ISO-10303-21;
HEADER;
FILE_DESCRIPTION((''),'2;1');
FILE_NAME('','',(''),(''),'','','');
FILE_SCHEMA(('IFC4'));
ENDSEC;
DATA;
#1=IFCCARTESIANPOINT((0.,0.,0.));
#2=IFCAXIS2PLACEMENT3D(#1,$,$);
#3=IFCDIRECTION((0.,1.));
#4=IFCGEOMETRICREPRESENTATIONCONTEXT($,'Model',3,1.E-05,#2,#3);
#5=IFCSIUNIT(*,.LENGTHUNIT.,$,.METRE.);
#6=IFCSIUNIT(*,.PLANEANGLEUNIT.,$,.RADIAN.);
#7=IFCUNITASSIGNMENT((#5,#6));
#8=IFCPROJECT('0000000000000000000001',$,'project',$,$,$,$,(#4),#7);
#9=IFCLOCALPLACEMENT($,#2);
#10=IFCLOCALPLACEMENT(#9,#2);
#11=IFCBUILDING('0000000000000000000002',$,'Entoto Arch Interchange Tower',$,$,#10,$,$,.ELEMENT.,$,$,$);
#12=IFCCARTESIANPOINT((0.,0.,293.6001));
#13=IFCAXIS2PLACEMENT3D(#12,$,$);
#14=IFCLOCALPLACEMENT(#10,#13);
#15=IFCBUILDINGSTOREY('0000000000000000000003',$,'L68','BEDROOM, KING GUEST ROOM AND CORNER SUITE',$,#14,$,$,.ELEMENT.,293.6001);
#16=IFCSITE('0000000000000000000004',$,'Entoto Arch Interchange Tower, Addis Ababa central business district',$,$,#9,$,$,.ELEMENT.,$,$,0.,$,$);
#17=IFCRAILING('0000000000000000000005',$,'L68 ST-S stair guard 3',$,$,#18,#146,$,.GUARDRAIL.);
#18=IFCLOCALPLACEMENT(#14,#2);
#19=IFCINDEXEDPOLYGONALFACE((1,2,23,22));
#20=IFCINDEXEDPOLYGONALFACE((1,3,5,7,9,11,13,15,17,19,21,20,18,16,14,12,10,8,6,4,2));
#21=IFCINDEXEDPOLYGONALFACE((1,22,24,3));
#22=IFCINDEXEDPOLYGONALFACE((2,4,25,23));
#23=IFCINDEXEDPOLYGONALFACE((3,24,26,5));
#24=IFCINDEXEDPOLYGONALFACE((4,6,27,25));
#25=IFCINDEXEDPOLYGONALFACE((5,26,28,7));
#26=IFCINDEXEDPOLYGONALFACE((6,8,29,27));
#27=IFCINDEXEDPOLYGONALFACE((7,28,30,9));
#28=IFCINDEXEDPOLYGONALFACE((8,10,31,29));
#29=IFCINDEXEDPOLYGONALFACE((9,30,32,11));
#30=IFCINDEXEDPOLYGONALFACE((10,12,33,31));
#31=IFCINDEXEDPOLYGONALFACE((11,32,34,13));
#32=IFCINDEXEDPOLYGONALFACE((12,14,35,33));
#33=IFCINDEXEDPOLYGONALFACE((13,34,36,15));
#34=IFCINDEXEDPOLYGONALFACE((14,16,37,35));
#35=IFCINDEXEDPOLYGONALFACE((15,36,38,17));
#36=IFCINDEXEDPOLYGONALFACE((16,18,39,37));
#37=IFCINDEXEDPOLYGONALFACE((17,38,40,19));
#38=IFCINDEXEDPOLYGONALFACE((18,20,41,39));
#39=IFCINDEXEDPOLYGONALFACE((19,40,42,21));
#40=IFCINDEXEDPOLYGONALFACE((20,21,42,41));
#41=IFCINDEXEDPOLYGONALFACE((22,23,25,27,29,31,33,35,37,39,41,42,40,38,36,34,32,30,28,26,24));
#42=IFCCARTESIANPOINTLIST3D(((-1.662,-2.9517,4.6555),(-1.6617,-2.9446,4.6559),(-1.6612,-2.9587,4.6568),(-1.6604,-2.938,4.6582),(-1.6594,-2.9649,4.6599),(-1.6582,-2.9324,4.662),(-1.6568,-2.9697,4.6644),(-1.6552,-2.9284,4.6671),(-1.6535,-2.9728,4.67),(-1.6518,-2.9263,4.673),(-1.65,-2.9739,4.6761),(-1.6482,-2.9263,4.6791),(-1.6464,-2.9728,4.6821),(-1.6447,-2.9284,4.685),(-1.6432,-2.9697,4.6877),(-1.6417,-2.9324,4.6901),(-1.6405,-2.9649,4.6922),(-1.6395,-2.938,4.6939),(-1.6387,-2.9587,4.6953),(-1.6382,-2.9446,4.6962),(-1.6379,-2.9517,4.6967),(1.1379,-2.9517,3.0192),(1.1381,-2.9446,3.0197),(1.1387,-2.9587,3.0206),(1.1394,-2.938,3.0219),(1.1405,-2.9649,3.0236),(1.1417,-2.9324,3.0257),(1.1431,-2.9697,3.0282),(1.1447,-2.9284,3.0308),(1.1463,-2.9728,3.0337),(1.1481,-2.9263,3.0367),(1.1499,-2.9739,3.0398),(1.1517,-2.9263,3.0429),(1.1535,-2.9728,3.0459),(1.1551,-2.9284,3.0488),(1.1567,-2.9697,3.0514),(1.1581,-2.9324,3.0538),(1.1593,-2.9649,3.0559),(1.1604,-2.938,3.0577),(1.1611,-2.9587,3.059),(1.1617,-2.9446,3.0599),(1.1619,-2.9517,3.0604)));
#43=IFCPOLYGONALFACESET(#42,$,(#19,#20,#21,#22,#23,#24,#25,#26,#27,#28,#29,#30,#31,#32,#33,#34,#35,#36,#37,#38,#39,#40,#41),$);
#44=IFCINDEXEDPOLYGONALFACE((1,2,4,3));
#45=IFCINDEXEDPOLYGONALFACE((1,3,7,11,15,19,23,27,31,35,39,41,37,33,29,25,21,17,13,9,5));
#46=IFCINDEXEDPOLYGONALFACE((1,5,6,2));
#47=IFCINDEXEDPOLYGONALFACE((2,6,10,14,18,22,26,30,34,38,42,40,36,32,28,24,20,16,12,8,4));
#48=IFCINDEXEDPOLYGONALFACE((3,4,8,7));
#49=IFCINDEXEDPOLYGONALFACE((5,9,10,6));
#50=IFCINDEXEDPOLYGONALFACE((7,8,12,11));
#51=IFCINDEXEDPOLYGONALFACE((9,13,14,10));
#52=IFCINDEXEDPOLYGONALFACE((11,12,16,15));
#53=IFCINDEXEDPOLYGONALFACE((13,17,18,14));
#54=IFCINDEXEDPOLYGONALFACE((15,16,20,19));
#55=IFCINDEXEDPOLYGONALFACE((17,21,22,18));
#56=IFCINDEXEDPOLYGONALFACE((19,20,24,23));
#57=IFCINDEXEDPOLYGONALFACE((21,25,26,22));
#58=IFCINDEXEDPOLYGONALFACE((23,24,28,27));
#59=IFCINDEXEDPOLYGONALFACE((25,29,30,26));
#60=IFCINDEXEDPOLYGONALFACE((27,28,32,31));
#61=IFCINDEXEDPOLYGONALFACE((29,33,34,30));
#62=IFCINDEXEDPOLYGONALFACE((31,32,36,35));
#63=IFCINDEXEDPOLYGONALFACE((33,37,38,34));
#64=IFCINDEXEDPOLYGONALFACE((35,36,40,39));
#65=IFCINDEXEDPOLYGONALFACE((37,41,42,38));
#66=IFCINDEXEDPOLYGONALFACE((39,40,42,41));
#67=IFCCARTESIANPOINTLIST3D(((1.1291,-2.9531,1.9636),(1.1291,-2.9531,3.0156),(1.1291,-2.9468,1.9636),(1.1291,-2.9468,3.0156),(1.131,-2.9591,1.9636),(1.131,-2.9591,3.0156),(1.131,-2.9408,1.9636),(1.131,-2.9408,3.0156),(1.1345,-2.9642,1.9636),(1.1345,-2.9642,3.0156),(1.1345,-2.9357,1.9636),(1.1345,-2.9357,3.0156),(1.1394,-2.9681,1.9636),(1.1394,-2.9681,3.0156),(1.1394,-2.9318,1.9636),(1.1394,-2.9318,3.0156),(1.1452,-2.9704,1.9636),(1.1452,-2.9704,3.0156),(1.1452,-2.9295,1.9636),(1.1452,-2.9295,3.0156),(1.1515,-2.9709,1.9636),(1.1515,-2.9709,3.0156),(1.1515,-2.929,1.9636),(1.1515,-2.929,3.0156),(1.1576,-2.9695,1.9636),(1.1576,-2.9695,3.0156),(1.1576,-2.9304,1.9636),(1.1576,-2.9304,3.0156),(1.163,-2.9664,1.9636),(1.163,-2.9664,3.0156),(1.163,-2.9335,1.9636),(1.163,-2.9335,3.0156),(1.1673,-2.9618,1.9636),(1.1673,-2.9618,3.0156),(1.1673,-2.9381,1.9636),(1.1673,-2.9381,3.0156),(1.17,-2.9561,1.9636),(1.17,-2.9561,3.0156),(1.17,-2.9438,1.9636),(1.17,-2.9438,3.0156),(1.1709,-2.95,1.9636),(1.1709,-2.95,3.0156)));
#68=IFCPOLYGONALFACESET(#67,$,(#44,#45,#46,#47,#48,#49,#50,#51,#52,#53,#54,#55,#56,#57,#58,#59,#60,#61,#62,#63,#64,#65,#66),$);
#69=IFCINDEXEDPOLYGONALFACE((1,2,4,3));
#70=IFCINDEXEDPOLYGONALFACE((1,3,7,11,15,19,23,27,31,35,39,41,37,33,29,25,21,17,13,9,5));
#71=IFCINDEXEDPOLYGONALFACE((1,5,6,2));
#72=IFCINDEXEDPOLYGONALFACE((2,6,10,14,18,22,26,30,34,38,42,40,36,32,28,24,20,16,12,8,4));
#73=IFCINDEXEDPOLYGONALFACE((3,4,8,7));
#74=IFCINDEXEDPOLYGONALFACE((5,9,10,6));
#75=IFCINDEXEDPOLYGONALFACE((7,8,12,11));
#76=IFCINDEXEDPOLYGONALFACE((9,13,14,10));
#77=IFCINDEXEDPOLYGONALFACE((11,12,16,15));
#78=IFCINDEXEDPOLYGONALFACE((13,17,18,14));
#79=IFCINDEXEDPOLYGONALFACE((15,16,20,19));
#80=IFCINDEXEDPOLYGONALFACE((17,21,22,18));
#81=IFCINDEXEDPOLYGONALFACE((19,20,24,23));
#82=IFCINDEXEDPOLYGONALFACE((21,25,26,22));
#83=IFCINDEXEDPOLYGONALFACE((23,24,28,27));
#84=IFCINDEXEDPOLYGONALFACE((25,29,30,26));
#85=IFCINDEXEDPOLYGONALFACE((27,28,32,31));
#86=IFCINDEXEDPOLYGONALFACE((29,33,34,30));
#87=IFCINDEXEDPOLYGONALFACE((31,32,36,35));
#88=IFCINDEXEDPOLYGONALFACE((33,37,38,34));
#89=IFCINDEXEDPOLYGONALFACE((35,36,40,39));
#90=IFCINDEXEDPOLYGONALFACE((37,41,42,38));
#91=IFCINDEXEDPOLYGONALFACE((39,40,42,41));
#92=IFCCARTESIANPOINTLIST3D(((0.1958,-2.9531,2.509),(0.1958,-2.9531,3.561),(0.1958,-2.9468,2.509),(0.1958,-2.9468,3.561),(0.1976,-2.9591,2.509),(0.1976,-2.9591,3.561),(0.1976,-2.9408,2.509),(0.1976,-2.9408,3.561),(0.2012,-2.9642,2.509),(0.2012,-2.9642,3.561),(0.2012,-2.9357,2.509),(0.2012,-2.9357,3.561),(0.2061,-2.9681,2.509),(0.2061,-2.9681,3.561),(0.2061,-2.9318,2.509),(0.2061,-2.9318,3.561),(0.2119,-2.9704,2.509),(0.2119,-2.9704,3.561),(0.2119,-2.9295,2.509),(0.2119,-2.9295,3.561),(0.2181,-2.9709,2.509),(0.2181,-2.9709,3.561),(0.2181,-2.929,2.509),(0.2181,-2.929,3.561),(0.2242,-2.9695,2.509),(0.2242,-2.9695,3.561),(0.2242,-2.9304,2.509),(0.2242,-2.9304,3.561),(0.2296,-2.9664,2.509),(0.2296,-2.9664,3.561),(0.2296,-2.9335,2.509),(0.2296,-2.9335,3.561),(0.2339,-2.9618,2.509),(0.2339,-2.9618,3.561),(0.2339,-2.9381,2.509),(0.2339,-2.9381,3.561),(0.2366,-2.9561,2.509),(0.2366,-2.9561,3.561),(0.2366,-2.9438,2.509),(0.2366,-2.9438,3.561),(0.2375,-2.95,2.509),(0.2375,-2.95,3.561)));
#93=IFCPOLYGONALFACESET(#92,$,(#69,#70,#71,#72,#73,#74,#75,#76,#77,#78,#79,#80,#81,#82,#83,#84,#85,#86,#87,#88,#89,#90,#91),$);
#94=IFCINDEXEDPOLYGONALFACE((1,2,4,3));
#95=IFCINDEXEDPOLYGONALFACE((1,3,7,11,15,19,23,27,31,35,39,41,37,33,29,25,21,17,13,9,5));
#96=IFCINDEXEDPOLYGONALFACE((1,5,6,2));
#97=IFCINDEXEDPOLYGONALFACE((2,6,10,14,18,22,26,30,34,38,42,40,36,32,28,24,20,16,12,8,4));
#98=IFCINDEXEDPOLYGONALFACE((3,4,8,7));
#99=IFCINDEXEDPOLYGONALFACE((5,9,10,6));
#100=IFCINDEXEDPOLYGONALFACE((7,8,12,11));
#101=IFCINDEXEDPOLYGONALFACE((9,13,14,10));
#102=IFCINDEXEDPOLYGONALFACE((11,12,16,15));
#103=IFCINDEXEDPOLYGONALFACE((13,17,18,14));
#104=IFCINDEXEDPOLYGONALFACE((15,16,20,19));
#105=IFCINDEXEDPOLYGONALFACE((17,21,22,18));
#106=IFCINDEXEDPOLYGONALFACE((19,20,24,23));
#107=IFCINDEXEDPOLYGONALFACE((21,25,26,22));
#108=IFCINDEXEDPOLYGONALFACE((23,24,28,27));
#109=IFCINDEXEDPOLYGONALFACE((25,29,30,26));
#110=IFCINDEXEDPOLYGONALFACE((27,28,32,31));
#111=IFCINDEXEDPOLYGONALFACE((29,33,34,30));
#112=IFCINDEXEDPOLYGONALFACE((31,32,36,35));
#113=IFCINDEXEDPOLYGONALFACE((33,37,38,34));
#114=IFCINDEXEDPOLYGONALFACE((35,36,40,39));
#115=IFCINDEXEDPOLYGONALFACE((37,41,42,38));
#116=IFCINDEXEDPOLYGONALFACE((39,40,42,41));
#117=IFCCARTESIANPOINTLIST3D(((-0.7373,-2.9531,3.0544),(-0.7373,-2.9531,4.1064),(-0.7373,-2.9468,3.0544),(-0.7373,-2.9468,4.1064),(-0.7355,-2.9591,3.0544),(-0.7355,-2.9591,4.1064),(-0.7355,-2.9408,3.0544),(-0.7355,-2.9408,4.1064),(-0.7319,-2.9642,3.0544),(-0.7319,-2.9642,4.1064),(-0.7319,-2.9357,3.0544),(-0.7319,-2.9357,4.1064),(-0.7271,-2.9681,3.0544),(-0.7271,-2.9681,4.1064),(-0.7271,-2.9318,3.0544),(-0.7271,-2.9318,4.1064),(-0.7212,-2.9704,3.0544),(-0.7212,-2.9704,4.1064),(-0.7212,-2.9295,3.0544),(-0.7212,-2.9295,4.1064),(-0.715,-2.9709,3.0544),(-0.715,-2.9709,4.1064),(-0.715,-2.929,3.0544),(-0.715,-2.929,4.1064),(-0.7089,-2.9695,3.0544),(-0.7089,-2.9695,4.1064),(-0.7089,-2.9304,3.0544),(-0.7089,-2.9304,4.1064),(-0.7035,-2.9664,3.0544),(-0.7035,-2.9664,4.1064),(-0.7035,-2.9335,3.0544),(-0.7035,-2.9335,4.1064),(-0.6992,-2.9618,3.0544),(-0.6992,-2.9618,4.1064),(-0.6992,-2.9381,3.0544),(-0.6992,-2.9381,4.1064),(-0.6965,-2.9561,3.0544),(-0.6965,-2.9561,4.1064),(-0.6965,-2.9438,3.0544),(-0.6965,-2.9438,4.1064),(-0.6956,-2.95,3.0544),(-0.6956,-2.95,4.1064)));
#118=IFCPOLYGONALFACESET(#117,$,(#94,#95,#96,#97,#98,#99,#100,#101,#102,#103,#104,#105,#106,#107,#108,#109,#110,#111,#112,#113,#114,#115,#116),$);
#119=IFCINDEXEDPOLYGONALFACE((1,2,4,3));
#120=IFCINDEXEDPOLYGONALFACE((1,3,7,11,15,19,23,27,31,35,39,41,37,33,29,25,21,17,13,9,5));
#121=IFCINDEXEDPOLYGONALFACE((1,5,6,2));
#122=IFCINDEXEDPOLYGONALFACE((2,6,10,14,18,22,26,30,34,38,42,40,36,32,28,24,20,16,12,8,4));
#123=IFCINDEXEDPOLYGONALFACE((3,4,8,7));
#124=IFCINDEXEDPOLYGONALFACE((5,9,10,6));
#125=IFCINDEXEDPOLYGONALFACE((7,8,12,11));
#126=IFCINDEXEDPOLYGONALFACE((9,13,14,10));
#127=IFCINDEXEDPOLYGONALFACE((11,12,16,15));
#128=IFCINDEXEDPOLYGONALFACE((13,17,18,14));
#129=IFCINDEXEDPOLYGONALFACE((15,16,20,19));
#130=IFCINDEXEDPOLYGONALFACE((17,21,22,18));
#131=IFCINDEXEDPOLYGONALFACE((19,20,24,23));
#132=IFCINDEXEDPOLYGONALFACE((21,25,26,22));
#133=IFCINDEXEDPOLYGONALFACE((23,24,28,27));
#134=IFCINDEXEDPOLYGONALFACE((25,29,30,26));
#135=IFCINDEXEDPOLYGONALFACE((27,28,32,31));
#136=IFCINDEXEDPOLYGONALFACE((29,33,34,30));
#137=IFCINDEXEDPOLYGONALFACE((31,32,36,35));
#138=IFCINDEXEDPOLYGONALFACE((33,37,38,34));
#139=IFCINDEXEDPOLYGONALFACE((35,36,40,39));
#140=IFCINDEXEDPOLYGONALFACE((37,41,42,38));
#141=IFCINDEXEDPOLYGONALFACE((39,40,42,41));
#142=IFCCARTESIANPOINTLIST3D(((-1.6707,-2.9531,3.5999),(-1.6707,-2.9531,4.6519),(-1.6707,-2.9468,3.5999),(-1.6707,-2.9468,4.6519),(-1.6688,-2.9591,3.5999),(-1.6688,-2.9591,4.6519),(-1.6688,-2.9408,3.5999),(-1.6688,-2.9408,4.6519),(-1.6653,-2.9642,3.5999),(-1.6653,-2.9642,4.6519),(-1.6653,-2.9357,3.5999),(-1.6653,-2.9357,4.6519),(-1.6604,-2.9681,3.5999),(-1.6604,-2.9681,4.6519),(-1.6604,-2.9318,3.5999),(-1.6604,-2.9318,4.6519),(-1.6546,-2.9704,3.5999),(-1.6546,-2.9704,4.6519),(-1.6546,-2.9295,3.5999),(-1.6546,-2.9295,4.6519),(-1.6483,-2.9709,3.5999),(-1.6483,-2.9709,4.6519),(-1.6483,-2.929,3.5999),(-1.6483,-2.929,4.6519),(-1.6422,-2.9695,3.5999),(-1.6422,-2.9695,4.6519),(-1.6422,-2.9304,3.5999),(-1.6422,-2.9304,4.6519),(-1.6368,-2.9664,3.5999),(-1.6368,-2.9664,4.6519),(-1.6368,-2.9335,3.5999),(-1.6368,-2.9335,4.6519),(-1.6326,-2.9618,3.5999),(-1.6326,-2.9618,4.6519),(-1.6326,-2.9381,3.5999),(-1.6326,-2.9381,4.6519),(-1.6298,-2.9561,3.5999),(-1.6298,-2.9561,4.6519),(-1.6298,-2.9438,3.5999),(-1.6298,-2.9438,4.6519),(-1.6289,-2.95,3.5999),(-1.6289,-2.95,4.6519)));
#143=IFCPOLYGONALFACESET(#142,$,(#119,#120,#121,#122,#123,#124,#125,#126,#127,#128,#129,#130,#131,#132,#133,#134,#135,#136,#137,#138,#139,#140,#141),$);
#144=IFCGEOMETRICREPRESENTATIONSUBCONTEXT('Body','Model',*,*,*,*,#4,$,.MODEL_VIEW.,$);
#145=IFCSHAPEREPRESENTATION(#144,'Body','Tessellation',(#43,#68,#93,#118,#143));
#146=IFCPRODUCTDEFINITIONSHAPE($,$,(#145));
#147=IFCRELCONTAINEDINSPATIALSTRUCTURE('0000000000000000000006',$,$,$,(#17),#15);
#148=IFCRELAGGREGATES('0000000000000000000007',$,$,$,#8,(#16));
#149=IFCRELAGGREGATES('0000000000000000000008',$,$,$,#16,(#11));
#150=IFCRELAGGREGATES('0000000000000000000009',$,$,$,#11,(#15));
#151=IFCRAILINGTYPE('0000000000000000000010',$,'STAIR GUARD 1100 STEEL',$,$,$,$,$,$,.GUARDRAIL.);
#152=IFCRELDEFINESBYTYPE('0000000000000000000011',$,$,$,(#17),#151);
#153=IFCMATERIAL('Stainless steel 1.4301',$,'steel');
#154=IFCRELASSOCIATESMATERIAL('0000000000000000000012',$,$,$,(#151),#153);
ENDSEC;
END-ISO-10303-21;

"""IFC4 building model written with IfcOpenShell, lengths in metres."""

from ifc_helpers import new_model, si_unit, direction, frame, origin, origin_2d, place, context, subcontext, project, spatial, circle, extrude, material, type_object, element, save


model = new_model("IFC4")

# Units and contexts
model_context = context("Model", 3, precision=1e-05, world=origin(), true_north=direction((0.0, 1.0)))
body_context = subcontext(model_context, "Body", "Model", "MODEL_VIEW")
ifc_project = project(units=[si_unit("LENGTHUNIT", "METRE"), si_unit("PLANEANGLEUNIT", "RADIAN")], contexts=[model_context])

# Site, building, storey
site_placement = place(None, origin())
site = spatial("IfcSite", under=ifc_project, at=site_placement, Name="Entoto Arch Interchange Tower, Addis Ababa central business district", CompositionType="ELEMENT", RefElevation=0.0)
building_placement = place(site_placement, origin())
building = spatial("IfcBuilding", under=site, at=building_placement, Name="Entoto Arch Interchange Tower", CompositionType="ELEMENT")
storey_placement = place(building_placement, frame((0.0, 0.0, 293.6001)))
storey = spatial("IfcBuildingStorey", under=building, at=storey_placement, Name="L68", Description="BEDROOM, KING GUEST ROOM AND CORNER SUITE", CompositionType="ELEMENT", Elevation=293.6001)

# Railing
ifc_material_1 = material(Name="Stainless steel 1.4301", Category="steel")
railing_type_1 = type_object("IfcRailingType", Name="STAIR GUARD 1100 STEEL", PredefinedType="GUARDRAIL", material=ifc_material_1)
railing_1_placement = place(storey_placement, frame((1.1499, -2.95, 1.9636)))
element("IfcRailing", 1, at=railing_1_placement, inside=storey, type_object=railing_type_1, Name="L68 ST-S stair guard 3", PredefinedType="GUARDRAIL", context=body_context, shape_type="SweptSolid", body=[
    extrude(circle(Radius=0.0239, at=origin_2d()), frame((0.0, 0.0, 1.0762), z_axis=(-0.863374, 0.0, 0.504564), x_axis=(0.0, -1.0, 0.0)), (0.0, 0.0, 1.0), 3.2429),
    extrude(circle(Radius=0.021, at=origin_2d()), origin(), (0.0, 0.0, 1.0), 1.052),
    extrude(circle(Radius=0.021, at=origin_2d()), frame((-0.9333, 0.0, 0.5454)), (0.0, 0.0, 1.0), 1.052),
    extrude(circle(Radius=0.021, at=origin_2d()), frame((-1.8665, 0.0, 1.0908)), (0.0, 0.0, 1.0), 1.052),
    extrude(circle(Radius=0.021, at=origin_2d()), frame((-2.7998, 0.0, 1.6362)), (0.0, 0.0, 1.0), 1.052),
])

save(model, "model.ifc")
